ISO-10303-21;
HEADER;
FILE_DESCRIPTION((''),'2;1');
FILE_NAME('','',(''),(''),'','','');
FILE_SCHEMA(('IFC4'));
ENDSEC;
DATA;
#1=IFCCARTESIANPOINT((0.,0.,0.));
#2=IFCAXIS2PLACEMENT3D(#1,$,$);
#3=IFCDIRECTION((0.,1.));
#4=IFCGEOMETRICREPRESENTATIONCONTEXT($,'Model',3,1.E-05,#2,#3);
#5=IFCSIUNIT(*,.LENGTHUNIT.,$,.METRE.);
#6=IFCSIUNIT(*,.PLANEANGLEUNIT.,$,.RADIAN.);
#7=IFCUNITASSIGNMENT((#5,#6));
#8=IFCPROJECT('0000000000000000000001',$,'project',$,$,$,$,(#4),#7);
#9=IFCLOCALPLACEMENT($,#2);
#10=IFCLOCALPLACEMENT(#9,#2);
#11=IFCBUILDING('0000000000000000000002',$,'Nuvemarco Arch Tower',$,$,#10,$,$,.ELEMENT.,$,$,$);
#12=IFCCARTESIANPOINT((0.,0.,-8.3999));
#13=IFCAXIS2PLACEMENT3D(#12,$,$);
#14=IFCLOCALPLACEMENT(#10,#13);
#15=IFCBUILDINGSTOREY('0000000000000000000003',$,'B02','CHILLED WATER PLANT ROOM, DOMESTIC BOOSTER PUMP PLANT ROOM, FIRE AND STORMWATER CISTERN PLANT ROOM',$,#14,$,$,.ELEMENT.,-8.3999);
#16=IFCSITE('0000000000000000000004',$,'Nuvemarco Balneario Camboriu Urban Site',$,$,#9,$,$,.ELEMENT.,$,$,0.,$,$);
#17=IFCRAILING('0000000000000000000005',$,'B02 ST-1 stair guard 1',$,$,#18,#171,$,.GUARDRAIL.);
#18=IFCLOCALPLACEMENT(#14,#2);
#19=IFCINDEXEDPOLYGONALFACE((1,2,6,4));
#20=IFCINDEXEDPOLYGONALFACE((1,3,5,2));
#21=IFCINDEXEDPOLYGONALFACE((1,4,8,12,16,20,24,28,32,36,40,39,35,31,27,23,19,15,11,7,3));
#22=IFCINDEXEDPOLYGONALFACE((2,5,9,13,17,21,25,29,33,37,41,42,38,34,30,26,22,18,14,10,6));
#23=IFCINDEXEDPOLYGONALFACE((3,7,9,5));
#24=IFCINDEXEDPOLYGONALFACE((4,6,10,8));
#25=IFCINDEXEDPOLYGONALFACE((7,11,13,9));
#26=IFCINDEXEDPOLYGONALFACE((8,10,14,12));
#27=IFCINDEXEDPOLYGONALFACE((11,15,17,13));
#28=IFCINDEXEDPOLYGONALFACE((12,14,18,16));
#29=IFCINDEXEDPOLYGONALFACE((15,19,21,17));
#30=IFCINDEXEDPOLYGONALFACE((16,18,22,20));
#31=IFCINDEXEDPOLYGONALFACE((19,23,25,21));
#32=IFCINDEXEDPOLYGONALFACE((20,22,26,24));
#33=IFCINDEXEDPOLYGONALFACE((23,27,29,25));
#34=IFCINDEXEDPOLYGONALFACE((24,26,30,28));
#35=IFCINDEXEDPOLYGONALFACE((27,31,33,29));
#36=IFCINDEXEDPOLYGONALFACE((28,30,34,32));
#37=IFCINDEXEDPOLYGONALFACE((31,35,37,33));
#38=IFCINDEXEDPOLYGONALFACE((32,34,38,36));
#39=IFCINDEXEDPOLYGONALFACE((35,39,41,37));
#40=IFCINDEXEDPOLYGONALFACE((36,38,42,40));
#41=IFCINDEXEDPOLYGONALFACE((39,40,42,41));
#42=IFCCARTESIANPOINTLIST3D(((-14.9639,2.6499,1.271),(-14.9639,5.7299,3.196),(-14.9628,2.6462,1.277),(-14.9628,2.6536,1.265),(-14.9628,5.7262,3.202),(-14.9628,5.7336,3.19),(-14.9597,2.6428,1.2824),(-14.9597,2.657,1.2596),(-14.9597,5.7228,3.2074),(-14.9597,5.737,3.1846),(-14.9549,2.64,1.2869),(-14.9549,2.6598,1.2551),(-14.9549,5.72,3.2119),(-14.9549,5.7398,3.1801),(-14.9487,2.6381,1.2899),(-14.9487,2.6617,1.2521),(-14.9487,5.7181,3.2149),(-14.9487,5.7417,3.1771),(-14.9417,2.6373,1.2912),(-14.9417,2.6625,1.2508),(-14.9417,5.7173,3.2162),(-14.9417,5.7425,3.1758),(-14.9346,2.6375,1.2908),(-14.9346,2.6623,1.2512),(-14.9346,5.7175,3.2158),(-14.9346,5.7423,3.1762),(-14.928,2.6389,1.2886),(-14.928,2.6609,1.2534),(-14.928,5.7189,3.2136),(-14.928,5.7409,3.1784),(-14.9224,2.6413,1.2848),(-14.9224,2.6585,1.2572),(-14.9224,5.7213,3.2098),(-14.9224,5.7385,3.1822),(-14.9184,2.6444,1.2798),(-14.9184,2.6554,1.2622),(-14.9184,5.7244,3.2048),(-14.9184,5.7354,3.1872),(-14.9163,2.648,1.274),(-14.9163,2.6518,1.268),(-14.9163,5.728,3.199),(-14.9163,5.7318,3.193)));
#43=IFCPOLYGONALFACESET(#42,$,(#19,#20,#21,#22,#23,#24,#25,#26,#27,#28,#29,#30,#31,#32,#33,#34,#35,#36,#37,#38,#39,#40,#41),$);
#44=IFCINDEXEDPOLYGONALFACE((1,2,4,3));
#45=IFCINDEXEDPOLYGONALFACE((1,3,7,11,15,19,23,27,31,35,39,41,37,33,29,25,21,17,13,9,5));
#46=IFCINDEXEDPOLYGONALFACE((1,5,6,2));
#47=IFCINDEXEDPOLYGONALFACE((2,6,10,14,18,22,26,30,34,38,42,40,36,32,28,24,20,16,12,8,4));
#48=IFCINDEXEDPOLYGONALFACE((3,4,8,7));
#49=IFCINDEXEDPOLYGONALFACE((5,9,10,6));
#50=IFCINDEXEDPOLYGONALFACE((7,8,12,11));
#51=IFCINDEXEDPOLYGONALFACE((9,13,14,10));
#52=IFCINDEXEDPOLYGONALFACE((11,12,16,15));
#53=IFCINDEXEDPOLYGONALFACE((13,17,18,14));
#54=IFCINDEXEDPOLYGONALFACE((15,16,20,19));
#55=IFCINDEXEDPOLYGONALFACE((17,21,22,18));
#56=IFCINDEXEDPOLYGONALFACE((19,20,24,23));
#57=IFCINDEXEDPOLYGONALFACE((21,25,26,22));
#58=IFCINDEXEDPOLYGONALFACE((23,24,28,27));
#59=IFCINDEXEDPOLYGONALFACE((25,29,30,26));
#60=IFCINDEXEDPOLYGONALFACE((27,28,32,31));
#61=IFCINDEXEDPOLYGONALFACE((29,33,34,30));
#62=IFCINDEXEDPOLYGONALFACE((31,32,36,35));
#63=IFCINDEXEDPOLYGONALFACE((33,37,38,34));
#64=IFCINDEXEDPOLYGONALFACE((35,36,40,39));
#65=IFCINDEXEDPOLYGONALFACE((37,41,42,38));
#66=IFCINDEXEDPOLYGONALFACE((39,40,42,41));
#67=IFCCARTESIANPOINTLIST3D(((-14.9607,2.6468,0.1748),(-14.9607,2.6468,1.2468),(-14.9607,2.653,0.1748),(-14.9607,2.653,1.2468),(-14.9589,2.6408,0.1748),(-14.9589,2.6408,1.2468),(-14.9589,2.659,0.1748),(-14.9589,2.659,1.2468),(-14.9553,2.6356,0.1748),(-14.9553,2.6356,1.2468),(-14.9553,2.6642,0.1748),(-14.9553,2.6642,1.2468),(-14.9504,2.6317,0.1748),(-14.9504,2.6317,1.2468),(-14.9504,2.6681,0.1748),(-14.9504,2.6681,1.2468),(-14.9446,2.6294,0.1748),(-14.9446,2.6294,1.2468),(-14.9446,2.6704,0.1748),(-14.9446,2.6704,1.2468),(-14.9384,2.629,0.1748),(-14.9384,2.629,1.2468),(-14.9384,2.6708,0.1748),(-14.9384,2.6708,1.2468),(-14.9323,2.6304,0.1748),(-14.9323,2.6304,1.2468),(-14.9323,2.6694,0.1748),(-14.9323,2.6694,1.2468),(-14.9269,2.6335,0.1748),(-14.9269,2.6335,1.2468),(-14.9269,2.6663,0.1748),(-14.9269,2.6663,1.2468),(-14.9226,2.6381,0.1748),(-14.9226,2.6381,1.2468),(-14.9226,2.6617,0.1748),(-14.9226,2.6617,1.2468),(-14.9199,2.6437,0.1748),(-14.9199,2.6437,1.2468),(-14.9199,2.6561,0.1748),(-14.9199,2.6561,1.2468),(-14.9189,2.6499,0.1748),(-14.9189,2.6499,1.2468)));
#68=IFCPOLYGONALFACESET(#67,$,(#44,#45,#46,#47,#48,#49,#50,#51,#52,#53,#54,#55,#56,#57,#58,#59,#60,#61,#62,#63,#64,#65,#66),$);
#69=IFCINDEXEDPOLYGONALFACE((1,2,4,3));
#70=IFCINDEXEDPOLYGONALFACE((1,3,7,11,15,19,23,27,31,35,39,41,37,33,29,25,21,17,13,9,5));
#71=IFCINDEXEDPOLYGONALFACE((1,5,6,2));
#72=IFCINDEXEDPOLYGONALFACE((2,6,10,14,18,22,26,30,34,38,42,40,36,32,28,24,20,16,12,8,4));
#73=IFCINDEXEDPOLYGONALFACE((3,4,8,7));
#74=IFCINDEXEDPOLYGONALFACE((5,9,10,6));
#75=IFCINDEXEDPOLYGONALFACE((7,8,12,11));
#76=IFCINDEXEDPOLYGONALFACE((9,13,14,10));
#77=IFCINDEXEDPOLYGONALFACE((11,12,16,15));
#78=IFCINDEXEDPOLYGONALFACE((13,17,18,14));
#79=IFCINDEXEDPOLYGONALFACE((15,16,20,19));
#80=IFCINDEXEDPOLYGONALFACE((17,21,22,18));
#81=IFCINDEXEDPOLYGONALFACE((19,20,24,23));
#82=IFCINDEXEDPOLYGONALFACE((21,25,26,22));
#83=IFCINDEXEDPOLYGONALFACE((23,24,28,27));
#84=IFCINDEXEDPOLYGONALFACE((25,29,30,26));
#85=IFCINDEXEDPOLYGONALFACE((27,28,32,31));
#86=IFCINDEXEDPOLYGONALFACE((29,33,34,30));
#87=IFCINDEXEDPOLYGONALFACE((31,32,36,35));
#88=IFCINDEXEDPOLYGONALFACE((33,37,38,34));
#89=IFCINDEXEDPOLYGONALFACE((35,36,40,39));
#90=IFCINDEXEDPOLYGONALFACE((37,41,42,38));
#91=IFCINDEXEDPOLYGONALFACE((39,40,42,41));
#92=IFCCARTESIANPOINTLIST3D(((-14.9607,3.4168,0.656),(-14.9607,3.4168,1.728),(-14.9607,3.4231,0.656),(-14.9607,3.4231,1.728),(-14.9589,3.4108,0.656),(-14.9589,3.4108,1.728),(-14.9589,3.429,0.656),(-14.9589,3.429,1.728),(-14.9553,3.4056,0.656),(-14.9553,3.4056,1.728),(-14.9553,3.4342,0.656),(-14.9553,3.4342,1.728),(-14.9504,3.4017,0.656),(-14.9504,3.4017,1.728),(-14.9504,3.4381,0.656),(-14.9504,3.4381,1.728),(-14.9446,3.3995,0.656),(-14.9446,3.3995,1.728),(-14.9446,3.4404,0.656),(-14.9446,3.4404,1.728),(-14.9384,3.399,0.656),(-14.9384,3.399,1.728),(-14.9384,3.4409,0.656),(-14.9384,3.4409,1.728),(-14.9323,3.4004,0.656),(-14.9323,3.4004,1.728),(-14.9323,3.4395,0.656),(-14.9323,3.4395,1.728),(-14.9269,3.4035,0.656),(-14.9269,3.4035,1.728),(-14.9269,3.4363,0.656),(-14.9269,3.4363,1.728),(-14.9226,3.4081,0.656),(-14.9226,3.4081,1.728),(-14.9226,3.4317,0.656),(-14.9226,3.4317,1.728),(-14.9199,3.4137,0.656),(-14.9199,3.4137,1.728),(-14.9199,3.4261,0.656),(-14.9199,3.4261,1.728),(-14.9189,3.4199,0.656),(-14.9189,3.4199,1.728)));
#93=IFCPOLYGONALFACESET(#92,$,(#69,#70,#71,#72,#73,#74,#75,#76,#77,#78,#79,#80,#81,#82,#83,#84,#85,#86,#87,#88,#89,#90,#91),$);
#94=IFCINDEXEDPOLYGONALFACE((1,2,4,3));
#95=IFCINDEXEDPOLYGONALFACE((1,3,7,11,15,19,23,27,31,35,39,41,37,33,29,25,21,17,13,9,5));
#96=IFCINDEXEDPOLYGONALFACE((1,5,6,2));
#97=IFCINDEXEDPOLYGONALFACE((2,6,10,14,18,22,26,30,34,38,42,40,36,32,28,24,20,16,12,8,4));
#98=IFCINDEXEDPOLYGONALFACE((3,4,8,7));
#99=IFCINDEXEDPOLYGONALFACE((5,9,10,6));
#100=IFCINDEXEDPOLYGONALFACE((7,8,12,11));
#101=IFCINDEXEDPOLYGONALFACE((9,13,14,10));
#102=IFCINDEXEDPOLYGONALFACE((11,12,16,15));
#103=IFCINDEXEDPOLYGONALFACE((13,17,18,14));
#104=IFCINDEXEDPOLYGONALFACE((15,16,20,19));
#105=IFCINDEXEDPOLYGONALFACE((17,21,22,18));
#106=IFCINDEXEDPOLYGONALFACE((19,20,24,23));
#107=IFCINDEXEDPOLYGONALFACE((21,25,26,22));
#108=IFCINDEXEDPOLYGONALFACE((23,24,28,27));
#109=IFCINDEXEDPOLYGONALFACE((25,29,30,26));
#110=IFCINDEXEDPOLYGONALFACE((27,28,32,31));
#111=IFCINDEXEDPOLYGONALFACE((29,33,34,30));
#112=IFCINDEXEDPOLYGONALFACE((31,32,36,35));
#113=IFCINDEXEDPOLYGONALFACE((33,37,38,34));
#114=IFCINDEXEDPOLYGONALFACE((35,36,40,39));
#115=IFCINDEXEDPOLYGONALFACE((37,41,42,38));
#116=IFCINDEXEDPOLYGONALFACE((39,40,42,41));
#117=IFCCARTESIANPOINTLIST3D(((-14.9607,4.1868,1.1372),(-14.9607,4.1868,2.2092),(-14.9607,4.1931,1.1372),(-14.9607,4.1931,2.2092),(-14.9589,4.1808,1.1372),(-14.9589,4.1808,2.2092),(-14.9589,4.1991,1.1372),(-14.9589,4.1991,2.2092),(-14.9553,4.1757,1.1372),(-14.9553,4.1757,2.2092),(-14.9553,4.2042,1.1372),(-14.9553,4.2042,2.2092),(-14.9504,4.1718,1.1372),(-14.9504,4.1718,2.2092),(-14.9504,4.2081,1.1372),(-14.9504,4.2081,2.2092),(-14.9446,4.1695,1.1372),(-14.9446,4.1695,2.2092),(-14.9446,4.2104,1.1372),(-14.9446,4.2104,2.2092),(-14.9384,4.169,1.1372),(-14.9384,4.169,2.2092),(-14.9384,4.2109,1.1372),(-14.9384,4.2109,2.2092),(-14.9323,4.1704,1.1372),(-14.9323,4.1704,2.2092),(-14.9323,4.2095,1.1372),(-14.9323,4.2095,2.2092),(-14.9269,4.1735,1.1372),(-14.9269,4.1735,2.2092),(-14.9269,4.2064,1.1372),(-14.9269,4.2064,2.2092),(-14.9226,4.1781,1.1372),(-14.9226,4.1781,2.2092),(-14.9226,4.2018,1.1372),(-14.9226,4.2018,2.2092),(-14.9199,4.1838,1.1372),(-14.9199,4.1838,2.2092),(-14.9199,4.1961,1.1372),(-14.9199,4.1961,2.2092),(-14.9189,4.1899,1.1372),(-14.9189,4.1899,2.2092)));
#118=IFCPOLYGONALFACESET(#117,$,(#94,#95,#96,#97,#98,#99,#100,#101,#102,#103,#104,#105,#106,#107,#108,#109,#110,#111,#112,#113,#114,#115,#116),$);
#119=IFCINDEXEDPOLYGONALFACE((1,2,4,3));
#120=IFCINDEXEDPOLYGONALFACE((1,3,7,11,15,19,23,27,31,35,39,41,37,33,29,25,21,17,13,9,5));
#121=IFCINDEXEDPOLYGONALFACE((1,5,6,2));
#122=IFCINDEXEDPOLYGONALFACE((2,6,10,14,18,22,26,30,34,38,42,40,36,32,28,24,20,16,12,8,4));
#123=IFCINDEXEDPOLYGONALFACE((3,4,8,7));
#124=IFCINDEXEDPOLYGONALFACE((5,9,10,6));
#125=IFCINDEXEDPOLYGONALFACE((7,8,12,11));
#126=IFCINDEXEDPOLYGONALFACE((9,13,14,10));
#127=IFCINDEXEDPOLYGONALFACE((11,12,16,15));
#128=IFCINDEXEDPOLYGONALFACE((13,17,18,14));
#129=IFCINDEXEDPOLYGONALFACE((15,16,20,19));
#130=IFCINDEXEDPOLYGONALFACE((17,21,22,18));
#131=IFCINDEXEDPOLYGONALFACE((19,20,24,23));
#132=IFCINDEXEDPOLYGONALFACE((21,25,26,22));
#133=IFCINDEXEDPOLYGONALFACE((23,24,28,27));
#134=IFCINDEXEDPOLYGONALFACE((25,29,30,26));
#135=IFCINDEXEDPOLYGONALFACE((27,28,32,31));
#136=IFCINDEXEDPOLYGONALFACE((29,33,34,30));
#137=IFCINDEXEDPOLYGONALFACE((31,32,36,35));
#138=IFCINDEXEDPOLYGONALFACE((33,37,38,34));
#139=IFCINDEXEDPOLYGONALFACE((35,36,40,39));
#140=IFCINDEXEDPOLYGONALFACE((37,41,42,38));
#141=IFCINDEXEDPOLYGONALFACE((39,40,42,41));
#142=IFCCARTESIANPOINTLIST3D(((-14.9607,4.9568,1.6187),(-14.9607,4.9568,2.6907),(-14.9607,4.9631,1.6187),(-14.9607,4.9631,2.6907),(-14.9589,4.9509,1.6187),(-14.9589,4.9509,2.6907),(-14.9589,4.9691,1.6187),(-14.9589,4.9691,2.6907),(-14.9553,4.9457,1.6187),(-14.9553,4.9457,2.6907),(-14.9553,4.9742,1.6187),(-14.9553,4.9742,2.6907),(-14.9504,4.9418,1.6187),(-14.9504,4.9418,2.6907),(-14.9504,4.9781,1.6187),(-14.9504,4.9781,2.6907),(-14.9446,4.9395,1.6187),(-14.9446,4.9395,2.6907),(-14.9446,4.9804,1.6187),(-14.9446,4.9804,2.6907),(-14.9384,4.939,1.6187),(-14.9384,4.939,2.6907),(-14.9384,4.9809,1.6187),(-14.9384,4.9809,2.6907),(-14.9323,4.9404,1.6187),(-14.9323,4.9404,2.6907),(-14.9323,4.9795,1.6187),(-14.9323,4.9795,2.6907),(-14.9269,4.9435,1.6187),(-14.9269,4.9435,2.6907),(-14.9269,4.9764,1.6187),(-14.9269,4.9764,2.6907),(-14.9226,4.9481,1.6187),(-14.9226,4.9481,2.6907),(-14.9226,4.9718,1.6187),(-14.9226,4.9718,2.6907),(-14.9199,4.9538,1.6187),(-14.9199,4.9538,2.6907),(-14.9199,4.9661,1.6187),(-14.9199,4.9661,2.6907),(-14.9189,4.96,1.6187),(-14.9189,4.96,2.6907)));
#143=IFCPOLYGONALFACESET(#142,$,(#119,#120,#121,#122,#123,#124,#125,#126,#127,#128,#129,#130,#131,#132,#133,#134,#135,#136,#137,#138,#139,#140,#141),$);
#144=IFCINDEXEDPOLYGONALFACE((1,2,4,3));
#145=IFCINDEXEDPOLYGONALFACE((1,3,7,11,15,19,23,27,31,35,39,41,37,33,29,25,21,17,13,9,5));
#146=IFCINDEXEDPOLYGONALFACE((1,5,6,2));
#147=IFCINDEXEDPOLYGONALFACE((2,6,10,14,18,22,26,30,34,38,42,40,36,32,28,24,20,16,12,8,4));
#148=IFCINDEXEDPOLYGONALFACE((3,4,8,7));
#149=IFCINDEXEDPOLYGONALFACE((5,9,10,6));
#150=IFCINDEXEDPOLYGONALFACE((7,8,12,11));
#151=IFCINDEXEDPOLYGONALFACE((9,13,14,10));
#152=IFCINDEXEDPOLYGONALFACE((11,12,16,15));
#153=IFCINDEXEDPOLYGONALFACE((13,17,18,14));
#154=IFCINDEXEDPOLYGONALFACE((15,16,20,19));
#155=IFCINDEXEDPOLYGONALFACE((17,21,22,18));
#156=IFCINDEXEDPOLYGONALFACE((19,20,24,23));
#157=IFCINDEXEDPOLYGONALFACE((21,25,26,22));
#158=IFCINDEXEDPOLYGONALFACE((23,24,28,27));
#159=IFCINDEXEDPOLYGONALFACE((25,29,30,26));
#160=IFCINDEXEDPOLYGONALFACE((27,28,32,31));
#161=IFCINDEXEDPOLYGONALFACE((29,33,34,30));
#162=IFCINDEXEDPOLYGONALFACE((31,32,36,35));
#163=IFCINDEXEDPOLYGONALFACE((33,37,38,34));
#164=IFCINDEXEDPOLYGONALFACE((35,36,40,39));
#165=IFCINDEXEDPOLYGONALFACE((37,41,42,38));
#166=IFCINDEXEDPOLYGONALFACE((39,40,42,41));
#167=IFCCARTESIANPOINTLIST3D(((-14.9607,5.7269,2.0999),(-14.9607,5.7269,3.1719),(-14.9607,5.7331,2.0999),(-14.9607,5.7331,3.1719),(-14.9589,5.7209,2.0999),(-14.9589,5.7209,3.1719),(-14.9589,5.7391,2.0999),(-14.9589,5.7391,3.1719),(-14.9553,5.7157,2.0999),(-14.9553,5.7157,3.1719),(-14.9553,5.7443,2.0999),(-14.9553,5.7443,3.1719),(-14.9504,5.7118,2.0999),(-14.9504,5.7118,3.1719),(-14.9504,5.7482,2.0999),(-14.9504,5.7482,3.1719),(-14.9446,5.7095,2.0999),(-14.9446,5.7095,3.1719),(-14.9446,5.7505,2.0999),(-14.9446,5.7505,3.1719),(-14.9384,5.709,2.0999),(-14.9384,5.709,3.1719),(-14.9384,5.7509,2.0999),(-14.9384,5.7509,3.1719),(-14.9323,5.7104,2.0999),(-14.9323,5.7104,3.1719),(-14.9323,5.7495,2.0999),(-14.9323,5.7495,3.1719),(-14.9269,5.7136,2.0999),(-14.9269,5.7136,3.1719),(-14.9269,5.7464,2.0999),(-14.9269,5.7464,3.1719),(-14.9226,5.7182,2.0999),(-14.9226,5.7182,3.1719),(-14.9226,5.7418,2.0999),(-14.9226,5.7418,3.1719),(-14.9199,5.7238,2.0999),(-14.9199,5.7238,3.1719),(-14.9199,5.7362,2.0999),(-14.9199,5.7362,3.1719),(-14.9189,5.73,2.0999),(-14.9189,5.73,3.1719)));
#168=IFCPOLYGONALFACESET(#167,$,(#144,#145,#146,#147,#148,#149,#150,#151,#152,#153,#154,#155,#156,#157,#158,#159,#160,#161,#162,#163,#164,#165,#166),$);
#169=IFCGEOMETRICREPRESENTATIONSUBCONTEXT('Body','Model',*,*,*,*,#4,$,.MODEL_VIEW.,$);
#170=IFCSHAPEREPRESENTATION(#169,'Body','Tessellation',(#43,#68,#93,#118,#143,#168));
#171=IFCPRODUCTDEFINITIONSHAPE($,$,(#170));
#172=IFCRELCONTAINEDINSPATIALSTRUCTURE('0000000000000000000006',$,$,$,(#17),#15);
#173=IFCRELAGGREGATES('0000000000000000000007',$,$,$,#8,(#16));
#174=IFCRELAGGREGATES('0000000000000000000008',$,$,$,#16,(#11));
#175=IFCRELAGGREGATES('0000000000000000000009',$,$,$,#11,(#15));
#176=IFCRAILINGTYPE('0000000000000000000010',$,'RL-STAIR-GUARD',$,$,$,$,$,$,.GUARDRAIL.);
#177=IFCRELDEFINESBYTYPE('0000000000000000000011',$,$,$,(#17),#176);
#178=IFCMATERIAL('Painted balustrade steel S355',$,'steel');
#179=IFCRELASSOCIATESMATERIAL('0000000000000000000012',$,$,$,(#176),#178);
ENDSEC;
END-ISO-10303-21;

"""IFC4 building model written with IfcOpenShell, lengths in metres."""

from ifc_helpers import new_model, si_unit, direction, frame, origin, origin_2d, place, context, subcontext, project, spatial, circle, extrude, material, type_object, element, save


model = new_model("IFC4")

# Units and contexts
model_context = context("Model", 3, precision=1e-05, world=origin(), true_north=direction((0.0, 1.0)))
body_context = subcontext(model_context, "Body", "Model", "MODEL_VIEW")
ifc_project = project(units=[si_unit("LENGTHUNIT", "METRE"), si_unit("PLANEANGLEUNIT", "RADIAN")], contexts=[model_context])

# Site, building, storey
site_placement = place(None, origin())
site = spatial("IfcSite", under=ifc_project, at=site_placement, Name="Nuvemarco Balneario Camboriu Urban Site", CompositionType="ELEMENT", RefElevation=0.0)
building_placement = place(site_placement, origin())
building = spatial("IfcBuilding", under=site, at=building_placement, Name="Nuvemarco Arch Tower", CompositionType="ELEMENT")
storey_placement = place(building_placement, frame((0.0, 0.0, -8.3999)))
storey = spatial("IfcBuildingStorey", under=building, at=storey_placement, Name="B02", Description="CHILLED WATER PLANT ROOM, DOMESTIC BOOSTER PUMP PLANT ROOM, FIRE AND STORMWATER CISTERN PLANT ROOM", CompositionType="ELEMENT", Elevation=-8.3999)

# Railing
ifc_material_1 = material(Name="Painted balustrade steel S355", Category="steel")
railing_type_1 = type_object("IfcRailingType", Name="RL-STAIR-GUARD", PredefinedType="GUARDRAIL", material=ifc_material_1)
railing_1_placement = place(storey_placement, frame((-14.9399, 2.6499, 0.1748)))
element("IfcRailing", 1, at=railing_1_placement, inside=storey, type_object=railing_type_1, Name="B02 ST-1 stair guard 1", PredefinedType="GUARDRAIL", context=body_context, shape_type="SweptSolid", body=[
    extrude(circle(Radius=0.0239, at=origin_2d()), frame((0.0, 0.0, 1.0962), z_axis=(0.0, 0.847998, 0.529999), x_axis=(-1.0, 0.0, 0.0)), (0.0, 0.0, 1.0), 3.6321),
    extrude(circle(Radius=0.021, at=origin_2d()), origin(), (0.0, 0.0, 1.0), 1.072),
    extrude(circle(Radius=0.021, at=origin_2d()), frame((0.0, 0.77, 0.4812)), (0.0, 0.0, 1.0), 1.072),
    extrude(circle(Radius=0.021, at=origin_2d()), frame((0.0, 1.54, 0.9624)), (0.0, 0.0, 1.0), 1.072),
    extrude(circle(Radius=0.021, at=origin_2d()), frame((0.0, 2.3101, 1.4438)), (0.0, 0.0, 1.0), 1.072),
    extrude(circle(Radius=0.021, at=origin_2d()), frame((0.0, 3.0801, 1.925)), (0.0, 0.0, 1.0), 1.072),
])

save(model, "model.ifc")
